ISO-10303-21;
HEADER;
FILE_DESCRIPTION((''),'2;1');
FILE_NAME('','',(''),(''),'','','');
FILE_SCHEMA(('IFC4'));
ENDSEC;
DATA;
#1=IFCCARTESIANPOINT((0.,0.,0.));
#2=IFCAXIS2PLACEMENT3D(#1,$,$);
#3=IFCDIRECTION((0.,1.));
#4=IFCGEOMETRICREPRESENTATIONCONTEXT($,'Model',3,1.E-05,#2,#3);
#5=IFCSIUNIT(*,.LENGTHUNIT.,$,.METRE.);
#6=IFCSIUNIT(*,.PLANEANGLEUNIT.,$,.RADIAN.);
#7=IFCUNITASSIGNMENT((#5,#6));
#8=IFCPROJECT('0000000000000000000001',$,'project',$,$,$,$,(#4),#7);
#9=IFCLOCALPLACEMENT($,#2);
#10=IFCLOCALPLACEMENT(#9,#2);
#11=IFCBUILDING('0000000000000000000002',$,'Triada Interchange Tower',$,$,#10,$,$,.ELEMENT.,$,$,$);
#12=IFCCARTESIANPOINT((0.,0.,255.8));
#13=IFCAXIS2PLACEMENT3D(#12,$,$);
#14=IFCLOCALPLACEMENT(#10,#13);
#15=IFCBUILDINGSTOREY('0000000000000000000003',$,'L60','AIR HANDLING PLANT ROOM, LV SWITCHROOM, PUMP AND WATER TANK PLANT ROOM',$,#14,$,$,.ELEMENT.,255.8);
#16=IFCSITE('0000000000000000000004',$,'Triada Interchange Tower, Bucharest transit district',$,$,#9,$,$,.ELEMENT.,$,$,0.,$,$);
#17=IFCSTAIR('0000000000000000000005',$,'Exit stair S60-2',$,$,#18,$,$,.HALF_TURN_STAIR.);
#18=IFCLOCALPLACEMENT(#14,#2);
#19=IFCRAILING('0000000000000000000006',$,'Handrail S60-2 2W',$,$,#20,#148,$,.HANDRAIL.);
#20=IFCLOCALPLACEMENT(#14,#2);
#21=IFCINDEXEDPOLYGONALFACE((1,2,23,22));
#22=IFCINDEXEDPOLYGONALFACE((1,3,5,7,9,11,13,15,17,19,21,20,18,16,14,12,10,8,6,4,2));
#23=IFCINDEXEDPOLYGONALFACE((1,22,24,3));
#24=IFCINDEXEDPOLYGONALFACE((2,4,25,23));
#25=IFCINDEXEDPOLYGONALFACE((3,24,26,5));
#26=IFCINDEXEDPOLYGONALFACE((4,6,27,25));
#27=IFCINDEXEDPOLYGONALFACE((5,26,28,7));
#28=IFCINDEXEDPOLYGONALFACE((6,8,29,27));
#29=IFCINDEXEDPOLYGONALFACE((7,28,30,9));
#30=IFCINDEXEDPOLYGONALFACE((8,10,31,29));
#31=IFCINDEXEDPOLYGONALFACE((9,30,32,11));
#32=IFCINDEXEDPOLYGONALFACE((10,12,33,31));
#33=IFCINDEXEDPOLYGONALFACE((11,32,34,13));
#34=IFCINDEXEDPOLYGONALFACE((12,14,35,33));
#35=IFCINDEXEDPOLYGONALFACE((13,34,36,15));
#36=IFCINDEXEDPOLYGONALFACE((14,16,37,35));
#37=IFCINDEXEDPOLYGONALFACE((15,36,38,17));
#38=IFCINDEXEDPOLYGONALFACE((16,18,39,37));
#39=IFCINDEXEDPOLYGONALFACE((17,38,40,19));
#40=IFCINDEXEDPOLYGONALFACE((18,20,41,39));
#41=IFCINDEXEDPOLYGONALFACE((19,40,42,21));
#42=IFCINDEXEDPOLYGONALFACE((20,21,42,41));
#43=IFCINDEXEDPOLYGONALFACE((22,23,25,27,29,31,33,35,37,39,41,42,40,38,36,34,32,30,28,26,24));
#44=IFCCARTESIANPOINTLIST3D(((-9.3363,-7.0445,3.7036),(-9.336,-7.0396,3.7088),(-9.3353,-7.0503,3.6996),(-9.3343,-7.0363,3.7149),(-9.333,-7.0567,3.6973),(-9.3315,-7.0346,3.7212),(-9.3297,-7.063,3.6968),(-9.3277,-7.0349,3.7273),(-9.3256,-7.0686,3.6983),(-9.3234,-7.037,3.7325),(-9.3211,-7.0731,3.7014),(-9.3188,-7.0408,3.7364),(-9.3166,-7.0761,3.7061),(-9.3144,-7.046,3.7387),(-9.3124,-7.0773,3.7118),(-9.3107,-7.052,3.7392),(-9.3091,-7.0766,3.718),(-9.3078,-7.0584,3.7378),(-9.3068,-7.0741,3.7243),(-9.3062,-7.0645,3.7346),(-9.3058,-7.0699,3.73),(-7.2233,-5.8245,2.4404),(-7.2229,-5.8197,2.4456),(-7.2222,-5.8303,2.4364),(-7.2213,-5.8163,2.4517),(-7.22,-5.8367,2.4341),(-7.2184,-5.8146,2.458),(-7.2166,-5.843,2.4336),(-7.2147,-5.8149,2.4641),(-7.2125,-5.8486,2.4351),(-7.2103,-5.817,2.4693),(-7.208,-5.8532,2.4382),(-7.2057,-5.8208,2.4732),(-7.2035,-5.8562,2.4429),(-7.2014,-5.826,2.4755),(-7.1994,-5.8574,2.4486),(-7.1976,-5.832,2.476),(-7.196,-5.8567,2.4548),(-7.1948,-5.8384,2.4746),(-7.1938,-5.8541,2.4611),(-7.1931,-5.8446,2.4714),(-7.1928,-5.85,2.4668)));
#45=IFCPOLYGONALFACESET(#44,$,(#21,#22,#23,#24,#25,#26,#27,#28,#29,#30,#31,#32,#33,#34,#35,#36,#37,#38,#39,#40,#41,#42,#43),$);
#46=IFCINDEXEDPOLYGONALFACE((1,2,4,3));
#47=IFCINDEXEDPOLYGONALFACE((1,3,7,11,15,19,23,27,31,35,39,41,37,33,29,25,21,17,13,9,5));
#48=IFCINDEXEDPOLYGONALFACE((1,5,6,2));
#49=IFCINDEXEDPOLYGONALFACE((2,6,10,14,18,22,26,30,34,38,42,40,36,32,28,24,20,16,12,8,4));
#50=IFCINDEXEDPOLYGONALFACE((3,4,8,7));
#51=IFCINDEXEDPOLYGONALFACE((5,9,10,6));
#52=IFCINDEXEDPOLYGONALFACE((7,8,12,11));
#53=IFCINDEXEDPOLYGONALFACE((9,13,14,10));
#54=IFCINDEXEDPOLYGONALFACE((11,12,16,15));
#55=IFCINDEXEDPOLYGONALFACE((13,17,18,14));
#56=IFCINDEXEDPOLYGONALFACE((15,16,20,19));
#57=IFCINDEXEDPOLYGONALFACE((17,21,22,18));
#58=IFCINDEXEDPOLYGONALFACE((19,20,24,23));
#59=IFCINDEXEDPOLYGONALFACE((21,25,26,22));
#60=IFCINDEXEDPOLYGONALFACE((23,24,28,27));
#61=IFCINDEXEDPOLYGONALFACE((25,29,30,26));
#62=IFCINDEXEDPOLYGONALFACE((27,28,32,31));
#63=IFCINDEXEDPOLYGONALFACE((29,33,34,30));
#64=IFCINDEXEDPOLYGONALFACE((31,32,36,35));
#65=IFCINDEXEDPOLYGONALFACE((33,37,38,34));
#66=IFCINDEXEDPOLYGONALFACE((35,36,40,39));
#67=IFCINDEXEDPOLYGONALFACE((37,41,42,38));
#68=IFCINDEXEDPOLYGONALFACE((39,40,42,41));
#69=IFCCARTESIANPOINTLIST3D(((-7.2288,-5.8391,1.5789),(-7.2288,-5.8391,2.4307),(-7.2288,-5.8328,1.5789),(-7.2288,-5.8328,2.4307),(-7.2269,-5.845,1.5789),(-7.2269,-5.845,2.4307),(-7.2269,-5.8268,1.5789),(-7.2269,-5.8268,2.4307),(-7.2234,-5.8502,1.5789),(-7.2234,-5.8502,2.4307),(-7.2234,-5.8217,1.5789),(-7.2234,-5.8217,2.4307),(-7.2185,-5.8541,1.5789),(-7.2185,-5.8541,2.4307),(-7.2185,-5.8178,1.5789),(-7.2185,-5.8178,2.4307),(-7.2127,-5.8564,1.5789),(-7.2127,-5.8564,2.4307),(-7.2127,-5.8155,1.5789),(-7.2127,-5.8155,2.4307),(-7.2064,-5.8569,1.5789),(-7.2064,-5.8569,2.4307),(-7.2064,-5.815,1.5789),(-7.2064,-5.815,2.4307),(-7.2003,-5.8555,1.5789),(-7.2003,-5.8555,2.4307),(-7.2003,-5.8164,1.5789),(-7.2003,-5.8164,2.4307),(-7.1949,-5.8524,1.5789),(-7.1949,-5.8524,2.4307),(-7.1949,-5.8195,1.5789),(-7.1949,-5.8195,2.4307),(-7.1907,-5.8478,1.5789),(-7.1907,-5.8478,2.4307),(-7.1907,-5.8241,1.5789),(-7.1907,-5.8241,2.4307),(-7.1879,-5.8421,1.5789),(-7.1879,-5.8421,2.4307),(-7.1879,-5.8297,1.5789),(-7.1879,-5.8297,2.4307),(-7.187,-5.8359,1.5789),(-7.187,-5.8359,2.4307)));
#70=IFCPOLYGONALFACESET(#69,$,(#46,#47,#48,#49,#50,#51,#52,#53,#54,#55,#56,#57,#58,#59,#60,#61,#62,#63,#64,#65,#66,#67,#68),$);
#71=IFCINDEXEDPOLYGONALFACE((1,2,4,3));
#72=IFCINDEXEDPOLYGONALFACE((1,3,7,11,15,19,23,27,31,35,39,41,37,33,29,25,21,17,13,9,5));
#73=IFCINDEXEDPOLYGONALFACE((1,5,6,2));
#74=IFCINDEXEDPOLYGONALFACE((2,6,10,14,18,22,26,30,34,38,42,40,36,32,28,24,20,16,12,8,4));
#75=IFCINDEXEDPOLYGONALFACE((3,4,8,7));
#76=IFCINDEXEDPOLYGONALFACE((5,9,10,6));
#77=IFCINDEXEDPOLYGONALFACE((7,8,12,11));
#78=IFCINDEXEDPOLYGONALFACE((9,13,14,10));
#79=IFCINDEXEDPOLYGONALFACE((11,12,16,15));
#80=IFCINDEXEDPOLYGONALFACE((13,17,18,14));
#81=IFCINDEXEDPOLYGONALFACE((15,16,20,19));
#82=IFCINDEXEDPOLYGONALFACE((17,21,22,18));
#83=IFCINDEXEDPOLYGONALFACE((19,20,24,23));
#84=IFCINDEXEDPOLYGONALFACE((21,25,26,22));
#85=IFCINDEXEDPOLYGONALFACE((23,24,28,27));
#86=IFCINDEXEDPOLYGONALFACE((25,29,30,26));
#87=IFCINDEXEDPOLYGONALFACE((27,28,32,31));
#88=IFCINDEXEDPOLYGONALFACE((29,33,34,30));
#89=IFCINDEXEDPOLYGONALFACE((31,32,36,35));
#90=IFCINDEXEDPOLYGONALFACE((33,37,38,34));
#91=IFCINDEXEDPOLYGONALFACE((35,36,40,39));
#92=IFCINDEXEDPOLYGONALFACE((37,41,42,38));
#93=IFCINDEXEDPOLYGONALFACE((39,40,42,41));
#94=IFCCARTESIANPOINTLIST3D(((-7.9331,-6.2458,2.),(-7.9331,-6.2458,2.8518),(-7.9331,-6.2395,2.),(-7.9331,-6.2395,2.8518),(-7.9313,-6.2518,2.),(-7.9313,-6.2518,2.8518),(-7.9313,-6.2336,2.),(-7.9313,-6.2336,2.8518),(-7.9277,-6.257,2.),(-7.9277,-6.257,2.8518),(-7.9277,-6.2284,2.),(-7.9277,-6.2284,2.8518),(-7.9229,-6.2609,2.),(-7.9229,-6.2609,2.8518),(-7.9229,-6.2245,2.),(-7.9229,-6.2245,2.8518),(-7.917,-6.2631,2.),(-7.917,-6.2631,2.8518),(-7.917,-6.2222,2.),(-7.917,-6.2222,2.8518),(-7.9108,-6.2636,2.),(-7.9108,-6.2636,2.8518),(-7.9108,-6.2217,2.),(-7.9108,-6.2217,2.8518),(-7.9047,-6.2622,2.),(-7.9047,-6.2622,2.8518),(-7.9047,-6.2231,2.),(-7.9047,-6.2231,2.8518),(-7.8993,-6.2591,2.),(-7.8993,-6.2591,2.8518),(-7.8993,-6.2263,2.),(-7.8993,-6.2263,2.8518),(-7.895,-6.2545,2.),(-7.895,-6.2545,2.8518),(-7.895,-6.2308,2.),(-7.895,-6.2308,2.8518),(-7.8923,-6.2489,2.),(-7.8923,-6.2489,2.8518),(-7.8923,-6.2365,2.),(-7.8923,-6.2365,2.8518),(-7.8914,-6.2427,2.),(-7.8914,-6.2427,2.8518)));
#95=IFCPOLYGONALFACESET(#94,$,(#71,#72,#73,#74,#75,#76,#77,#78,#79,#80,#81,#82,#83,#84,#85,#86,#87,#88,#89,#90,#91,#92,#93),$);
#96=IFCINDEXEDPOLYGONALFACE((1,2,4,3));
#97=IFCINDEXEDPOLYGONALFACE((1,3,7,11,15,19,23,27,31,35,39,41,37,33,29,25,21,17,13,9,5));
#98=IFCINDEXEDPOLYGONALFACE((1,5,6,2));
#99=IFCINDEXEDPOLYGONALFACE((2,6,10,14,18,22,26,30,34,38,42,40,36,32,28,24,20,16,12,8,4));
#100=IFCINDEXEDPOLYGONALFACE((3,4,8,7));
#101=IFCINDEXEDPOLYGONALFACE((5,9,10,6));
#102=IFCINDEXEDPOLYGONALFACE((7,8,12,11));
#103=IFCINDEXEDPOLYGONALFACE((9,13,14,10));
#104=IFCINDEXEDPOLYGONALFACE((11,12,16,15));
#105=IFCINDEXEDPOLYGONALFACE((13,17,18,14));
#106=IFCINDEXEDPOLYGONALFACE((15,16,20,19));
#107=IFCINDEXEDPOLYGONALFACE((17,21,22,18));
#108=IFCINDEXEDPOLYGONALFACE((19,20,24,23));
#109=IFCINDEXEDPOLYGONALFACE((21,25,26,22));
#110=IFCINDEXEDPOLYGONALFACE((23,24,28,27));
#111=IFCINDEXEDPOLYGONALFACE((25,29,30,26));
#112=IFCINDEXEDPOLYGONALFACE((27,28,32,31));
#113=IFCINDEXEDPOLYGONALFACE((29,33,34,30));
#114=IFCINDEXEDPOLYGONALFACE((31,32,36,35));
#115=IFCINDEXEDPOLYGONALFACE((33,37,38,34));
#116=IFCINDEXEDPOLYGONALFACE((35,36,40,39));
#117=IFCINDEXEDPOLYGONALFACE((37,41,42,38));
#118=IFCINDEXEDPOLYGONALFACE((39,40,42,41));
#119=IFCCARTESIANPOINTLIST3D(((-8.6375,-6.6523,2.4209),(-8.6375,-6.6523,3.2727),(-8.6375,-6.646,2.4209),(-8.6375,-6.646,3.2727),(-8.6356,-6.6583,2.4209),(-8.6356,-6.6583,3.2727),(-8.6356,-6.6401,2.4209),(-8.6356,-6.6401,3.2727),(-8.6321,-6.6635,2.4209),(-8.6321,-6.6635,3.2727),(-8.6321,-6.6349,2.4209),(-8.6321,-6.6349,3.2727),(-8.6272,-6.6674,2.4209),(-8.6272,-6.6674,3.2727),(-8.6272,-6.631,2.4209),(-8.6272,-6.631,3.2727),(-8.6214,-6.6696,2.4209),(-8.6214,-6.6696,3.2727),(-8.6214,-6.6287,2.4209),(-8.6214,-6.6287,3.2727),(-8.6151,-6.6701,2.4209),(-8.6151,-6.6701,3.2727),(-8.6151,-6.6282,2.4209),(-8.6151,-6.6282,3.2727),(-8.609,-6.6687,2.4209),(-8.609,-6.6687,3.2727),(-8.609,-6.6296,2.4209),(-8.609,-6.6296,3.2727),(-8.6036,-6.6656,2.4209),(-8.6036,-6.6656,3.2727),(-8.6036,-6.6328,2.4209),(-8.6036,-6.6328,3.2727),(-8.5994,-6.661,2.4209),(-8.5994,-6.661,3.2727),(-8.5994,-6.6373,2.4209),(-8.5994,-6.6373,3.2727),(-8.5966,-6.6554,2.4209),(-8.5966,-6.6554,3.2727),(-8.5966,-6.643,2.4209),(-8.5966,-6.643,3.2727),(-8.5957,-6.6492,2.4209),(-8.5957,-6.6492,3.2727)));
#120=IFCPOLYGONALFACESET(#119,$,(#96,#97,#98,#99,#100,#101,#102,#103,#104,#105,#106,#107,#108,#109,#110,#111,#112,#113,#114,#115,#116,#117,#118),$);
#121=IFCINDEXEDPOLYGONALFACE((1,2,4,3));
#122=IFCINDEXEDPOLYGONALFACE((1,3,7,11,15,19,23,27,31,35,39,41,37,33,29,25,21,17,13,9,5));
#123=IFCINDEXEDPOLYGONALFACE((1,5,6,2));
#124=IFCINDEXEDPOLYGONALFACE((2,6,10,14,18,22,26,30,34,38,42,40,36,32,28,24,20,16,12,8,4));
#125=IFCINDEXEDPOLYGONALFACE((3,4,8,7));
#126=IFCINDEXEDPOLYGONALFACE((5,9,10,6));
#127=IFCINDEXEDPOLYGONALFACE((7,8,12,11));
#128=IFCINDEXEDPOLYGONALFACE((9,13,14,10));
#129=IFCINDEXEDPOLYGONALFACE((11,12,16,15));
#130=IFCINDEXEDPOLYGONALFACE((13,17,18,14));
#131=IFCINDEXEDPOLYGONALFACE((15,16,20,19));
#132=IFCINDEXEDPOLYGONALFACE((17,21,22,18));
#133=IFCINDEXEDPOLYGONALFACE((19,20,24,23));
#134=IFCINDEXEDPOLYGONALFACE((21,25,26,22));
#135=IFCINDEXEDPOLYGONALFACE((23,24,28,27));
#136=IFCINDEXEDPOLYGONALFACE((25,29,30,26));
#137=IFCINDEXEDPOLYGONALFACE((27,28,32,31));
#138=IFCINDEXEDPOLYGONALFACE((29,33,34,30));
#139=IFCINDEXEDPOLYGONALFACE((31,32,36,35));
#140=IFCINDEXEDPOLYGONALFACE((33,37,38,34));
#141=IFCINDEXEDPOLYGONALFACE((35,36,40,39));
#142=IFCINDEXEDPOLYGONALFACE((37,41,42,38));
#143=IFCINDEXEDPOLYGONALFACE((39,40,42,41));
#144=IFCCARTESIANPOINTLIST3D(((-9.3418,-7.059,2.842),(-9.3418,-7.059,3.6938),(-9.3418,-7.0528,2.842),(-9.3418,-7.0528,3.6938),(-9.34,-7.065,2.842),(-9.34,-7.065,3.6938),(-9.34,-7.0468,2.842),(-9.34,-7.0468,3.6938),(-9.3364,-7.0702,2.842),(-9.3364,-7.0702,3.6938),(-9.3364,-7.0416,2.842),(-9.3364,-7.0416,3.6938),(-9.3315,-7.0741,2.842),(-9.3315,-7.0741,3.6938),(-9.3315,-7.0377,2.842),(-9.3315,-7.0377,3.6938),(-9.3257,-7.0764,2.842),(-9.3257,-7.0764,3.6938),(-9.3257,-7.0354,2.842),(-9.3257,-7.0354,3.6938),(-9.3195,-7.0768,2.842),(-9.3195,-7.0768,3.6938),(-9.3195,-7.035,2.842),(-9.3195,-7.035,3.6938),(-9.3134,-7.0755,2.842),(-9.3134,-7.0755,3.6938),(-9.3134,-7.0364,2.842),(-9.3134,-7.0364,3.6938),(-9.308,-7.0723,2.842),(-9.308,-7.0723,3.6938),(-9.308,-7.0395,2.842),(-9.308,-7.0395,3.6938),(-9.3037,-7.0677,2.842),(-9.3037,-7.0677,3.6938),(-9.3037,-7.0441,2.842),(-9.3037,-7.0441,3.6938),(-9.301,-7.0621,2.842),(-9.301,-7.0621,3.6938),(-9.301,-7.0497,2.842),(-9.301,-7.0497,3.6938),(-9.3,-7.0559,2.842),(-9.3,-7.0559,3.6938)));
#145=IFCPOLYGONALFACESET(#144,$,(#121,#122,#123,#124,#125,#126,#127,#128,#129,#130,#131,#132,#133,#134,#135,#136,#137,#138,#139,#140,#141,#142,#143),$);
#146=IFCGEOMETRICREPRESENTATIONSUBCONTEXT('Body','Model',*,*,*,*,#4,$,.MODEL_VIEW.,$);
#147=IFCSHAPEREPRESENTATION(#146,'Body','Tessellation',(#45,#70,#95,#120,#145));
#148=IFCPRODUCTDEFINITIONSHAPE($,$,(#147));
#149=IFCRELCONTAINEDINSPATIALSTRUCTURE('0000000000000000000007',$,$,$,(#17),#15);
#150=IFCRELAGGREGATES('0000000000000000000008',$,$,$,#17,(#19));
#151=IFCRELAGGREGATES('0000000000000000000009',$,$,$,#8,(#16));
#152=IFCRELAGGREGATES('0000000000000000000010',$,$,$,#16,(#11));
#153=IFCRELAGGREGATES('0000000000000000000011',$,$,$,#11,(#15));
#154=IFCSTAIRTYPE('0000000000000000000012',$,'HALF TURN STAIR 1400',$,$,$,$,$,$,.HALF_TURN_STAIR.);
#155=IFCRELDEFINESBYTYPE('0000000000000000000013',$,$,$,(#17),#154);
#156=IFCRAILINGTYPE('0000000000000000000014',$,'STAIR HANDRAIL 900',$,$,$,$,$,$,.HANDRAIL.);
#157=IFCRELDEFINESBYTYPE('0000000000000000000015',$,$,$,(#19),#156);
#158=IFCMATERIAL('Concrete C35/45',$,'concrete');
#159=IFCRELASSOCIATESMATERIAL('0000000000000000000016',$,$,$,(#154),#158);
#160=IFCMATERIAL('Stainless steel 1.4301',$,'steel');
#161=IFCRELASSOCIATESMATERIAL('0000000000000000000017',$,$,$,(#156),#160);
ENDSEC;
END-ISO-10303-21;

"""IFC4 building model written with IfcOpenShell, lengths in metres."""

from ifc_helpers import new_model, si_unit, direction, frame, origin, origin_2d, place, context, subcontext, project, spatial, circle, extrude, material, type_object, element, aggregate, save


model = new_model("IFC4")

# Units and contexts
model_context = context("Model", 3, precision=1e-05, world=origin(), true_north=direction((0.0, 1.0)))
body_context = subcontext(model_context, "Body", "Model", "MODEL_VIEW")
ifc_project = project(units=[si_unit("LENGTHUNIT", "METRE"), si_unit("PLANEANGLEUNIT", "RADIAN")], contexts=[model_context])

# Site, building, storey
site_placement = place(None, origin())
site = spatial("IfcSite", under=ifc_project, at=site_placement, Name="Triada Interchange Tower, Bucharest transit district", CompositionType="ELEMENT", RefElevation=0.0)
building_placement = place(site_placement, origin())
building = spatial("IfcBuilding", under=site, at=building_placement, Name="Triada Interchange Tower", CompositionType="ELEMENT")
storey_placement = place(building_placement, frame((0.0, 0.0, 255.8)))
storey = spatial("IfcBuildingStorey", under=building, at=storey_placement, Name="L60", Description="AIR HANDLING PLANT ROOM, LV SWITCHROOM, PUMP AND WATER TANK PLANT ROOM", CompositionType="ELEMENT", Elevation=255.8)

# Stair, railing
ifc_material_1 = material(Name="Concrete C35/45", Category="concrete")
stair_type = type_object("IfcStairType", Name="HALF TURN STAIR 1400", PredefinedType="HALF_TURN_STAIR", material=ifc_material_1)
stair_placement = place(storey_placement, origin())
stair = element("IfcStair", 1, at=stair_placement, inside=storey, type_object=stair_type, Name="Exit stair S60-2", PredefinedType="HALF_TURN_STAIR")
ifc_material_2 = material(Name="Stainless steel 1.4301", Category="steel")
railing_type = type_object("IfcRailingType", Name="STAIR HANDRAIL 900", PredefinedType="HANDRAIL", material=ifc_material_2)
railing_1_placement = place(storey_placement, frame((-7.208, -5.8359, 1.5789)))
railing_1 = element("IfcRailing", 2, at=railing_1_placement, type_object=railing_type, Name="Handrail S60-2 2W", PredefinedType="HANDRAIL", context=body_context, shape_type="SweptSolid", body=[
    extrude(circle(Radius=0.0239, at=origin_2d()), frame((0.0, 0.0, 0.876), z_axis=(-0.76907, -0.444026, 0.459753), x_axis=(0.500003, -0.866024, 0.0)), (0.0, 0.0, 1.0), 2.7476),
    extrude(circle(Radius=0.021, at=origin_2d()), origin(), (0.0, 0.0, 1.0), 0.8518),
    extrude(circle(Radius=0.021, at=origin_2d()), frame((-0.7043, -0.4067, 0.4211)), (0.0, 0.0, 1.0), 0.8518),
    extrude(circle(Radius=0.021, at=origin_2d()), frame((-1.4087, -0.8132, 0.842)), (0.0, 0.0, 1.0), 0.8518),
    extrude(circle(Radius=0.021, at=origin_2d()), frame((-2.113, -1.22, 1.2632)), (0.0, 0.0, 1.0), 0.8518),
])
aggregate(stair, [railing_1])

save(model, "model.ifc")
